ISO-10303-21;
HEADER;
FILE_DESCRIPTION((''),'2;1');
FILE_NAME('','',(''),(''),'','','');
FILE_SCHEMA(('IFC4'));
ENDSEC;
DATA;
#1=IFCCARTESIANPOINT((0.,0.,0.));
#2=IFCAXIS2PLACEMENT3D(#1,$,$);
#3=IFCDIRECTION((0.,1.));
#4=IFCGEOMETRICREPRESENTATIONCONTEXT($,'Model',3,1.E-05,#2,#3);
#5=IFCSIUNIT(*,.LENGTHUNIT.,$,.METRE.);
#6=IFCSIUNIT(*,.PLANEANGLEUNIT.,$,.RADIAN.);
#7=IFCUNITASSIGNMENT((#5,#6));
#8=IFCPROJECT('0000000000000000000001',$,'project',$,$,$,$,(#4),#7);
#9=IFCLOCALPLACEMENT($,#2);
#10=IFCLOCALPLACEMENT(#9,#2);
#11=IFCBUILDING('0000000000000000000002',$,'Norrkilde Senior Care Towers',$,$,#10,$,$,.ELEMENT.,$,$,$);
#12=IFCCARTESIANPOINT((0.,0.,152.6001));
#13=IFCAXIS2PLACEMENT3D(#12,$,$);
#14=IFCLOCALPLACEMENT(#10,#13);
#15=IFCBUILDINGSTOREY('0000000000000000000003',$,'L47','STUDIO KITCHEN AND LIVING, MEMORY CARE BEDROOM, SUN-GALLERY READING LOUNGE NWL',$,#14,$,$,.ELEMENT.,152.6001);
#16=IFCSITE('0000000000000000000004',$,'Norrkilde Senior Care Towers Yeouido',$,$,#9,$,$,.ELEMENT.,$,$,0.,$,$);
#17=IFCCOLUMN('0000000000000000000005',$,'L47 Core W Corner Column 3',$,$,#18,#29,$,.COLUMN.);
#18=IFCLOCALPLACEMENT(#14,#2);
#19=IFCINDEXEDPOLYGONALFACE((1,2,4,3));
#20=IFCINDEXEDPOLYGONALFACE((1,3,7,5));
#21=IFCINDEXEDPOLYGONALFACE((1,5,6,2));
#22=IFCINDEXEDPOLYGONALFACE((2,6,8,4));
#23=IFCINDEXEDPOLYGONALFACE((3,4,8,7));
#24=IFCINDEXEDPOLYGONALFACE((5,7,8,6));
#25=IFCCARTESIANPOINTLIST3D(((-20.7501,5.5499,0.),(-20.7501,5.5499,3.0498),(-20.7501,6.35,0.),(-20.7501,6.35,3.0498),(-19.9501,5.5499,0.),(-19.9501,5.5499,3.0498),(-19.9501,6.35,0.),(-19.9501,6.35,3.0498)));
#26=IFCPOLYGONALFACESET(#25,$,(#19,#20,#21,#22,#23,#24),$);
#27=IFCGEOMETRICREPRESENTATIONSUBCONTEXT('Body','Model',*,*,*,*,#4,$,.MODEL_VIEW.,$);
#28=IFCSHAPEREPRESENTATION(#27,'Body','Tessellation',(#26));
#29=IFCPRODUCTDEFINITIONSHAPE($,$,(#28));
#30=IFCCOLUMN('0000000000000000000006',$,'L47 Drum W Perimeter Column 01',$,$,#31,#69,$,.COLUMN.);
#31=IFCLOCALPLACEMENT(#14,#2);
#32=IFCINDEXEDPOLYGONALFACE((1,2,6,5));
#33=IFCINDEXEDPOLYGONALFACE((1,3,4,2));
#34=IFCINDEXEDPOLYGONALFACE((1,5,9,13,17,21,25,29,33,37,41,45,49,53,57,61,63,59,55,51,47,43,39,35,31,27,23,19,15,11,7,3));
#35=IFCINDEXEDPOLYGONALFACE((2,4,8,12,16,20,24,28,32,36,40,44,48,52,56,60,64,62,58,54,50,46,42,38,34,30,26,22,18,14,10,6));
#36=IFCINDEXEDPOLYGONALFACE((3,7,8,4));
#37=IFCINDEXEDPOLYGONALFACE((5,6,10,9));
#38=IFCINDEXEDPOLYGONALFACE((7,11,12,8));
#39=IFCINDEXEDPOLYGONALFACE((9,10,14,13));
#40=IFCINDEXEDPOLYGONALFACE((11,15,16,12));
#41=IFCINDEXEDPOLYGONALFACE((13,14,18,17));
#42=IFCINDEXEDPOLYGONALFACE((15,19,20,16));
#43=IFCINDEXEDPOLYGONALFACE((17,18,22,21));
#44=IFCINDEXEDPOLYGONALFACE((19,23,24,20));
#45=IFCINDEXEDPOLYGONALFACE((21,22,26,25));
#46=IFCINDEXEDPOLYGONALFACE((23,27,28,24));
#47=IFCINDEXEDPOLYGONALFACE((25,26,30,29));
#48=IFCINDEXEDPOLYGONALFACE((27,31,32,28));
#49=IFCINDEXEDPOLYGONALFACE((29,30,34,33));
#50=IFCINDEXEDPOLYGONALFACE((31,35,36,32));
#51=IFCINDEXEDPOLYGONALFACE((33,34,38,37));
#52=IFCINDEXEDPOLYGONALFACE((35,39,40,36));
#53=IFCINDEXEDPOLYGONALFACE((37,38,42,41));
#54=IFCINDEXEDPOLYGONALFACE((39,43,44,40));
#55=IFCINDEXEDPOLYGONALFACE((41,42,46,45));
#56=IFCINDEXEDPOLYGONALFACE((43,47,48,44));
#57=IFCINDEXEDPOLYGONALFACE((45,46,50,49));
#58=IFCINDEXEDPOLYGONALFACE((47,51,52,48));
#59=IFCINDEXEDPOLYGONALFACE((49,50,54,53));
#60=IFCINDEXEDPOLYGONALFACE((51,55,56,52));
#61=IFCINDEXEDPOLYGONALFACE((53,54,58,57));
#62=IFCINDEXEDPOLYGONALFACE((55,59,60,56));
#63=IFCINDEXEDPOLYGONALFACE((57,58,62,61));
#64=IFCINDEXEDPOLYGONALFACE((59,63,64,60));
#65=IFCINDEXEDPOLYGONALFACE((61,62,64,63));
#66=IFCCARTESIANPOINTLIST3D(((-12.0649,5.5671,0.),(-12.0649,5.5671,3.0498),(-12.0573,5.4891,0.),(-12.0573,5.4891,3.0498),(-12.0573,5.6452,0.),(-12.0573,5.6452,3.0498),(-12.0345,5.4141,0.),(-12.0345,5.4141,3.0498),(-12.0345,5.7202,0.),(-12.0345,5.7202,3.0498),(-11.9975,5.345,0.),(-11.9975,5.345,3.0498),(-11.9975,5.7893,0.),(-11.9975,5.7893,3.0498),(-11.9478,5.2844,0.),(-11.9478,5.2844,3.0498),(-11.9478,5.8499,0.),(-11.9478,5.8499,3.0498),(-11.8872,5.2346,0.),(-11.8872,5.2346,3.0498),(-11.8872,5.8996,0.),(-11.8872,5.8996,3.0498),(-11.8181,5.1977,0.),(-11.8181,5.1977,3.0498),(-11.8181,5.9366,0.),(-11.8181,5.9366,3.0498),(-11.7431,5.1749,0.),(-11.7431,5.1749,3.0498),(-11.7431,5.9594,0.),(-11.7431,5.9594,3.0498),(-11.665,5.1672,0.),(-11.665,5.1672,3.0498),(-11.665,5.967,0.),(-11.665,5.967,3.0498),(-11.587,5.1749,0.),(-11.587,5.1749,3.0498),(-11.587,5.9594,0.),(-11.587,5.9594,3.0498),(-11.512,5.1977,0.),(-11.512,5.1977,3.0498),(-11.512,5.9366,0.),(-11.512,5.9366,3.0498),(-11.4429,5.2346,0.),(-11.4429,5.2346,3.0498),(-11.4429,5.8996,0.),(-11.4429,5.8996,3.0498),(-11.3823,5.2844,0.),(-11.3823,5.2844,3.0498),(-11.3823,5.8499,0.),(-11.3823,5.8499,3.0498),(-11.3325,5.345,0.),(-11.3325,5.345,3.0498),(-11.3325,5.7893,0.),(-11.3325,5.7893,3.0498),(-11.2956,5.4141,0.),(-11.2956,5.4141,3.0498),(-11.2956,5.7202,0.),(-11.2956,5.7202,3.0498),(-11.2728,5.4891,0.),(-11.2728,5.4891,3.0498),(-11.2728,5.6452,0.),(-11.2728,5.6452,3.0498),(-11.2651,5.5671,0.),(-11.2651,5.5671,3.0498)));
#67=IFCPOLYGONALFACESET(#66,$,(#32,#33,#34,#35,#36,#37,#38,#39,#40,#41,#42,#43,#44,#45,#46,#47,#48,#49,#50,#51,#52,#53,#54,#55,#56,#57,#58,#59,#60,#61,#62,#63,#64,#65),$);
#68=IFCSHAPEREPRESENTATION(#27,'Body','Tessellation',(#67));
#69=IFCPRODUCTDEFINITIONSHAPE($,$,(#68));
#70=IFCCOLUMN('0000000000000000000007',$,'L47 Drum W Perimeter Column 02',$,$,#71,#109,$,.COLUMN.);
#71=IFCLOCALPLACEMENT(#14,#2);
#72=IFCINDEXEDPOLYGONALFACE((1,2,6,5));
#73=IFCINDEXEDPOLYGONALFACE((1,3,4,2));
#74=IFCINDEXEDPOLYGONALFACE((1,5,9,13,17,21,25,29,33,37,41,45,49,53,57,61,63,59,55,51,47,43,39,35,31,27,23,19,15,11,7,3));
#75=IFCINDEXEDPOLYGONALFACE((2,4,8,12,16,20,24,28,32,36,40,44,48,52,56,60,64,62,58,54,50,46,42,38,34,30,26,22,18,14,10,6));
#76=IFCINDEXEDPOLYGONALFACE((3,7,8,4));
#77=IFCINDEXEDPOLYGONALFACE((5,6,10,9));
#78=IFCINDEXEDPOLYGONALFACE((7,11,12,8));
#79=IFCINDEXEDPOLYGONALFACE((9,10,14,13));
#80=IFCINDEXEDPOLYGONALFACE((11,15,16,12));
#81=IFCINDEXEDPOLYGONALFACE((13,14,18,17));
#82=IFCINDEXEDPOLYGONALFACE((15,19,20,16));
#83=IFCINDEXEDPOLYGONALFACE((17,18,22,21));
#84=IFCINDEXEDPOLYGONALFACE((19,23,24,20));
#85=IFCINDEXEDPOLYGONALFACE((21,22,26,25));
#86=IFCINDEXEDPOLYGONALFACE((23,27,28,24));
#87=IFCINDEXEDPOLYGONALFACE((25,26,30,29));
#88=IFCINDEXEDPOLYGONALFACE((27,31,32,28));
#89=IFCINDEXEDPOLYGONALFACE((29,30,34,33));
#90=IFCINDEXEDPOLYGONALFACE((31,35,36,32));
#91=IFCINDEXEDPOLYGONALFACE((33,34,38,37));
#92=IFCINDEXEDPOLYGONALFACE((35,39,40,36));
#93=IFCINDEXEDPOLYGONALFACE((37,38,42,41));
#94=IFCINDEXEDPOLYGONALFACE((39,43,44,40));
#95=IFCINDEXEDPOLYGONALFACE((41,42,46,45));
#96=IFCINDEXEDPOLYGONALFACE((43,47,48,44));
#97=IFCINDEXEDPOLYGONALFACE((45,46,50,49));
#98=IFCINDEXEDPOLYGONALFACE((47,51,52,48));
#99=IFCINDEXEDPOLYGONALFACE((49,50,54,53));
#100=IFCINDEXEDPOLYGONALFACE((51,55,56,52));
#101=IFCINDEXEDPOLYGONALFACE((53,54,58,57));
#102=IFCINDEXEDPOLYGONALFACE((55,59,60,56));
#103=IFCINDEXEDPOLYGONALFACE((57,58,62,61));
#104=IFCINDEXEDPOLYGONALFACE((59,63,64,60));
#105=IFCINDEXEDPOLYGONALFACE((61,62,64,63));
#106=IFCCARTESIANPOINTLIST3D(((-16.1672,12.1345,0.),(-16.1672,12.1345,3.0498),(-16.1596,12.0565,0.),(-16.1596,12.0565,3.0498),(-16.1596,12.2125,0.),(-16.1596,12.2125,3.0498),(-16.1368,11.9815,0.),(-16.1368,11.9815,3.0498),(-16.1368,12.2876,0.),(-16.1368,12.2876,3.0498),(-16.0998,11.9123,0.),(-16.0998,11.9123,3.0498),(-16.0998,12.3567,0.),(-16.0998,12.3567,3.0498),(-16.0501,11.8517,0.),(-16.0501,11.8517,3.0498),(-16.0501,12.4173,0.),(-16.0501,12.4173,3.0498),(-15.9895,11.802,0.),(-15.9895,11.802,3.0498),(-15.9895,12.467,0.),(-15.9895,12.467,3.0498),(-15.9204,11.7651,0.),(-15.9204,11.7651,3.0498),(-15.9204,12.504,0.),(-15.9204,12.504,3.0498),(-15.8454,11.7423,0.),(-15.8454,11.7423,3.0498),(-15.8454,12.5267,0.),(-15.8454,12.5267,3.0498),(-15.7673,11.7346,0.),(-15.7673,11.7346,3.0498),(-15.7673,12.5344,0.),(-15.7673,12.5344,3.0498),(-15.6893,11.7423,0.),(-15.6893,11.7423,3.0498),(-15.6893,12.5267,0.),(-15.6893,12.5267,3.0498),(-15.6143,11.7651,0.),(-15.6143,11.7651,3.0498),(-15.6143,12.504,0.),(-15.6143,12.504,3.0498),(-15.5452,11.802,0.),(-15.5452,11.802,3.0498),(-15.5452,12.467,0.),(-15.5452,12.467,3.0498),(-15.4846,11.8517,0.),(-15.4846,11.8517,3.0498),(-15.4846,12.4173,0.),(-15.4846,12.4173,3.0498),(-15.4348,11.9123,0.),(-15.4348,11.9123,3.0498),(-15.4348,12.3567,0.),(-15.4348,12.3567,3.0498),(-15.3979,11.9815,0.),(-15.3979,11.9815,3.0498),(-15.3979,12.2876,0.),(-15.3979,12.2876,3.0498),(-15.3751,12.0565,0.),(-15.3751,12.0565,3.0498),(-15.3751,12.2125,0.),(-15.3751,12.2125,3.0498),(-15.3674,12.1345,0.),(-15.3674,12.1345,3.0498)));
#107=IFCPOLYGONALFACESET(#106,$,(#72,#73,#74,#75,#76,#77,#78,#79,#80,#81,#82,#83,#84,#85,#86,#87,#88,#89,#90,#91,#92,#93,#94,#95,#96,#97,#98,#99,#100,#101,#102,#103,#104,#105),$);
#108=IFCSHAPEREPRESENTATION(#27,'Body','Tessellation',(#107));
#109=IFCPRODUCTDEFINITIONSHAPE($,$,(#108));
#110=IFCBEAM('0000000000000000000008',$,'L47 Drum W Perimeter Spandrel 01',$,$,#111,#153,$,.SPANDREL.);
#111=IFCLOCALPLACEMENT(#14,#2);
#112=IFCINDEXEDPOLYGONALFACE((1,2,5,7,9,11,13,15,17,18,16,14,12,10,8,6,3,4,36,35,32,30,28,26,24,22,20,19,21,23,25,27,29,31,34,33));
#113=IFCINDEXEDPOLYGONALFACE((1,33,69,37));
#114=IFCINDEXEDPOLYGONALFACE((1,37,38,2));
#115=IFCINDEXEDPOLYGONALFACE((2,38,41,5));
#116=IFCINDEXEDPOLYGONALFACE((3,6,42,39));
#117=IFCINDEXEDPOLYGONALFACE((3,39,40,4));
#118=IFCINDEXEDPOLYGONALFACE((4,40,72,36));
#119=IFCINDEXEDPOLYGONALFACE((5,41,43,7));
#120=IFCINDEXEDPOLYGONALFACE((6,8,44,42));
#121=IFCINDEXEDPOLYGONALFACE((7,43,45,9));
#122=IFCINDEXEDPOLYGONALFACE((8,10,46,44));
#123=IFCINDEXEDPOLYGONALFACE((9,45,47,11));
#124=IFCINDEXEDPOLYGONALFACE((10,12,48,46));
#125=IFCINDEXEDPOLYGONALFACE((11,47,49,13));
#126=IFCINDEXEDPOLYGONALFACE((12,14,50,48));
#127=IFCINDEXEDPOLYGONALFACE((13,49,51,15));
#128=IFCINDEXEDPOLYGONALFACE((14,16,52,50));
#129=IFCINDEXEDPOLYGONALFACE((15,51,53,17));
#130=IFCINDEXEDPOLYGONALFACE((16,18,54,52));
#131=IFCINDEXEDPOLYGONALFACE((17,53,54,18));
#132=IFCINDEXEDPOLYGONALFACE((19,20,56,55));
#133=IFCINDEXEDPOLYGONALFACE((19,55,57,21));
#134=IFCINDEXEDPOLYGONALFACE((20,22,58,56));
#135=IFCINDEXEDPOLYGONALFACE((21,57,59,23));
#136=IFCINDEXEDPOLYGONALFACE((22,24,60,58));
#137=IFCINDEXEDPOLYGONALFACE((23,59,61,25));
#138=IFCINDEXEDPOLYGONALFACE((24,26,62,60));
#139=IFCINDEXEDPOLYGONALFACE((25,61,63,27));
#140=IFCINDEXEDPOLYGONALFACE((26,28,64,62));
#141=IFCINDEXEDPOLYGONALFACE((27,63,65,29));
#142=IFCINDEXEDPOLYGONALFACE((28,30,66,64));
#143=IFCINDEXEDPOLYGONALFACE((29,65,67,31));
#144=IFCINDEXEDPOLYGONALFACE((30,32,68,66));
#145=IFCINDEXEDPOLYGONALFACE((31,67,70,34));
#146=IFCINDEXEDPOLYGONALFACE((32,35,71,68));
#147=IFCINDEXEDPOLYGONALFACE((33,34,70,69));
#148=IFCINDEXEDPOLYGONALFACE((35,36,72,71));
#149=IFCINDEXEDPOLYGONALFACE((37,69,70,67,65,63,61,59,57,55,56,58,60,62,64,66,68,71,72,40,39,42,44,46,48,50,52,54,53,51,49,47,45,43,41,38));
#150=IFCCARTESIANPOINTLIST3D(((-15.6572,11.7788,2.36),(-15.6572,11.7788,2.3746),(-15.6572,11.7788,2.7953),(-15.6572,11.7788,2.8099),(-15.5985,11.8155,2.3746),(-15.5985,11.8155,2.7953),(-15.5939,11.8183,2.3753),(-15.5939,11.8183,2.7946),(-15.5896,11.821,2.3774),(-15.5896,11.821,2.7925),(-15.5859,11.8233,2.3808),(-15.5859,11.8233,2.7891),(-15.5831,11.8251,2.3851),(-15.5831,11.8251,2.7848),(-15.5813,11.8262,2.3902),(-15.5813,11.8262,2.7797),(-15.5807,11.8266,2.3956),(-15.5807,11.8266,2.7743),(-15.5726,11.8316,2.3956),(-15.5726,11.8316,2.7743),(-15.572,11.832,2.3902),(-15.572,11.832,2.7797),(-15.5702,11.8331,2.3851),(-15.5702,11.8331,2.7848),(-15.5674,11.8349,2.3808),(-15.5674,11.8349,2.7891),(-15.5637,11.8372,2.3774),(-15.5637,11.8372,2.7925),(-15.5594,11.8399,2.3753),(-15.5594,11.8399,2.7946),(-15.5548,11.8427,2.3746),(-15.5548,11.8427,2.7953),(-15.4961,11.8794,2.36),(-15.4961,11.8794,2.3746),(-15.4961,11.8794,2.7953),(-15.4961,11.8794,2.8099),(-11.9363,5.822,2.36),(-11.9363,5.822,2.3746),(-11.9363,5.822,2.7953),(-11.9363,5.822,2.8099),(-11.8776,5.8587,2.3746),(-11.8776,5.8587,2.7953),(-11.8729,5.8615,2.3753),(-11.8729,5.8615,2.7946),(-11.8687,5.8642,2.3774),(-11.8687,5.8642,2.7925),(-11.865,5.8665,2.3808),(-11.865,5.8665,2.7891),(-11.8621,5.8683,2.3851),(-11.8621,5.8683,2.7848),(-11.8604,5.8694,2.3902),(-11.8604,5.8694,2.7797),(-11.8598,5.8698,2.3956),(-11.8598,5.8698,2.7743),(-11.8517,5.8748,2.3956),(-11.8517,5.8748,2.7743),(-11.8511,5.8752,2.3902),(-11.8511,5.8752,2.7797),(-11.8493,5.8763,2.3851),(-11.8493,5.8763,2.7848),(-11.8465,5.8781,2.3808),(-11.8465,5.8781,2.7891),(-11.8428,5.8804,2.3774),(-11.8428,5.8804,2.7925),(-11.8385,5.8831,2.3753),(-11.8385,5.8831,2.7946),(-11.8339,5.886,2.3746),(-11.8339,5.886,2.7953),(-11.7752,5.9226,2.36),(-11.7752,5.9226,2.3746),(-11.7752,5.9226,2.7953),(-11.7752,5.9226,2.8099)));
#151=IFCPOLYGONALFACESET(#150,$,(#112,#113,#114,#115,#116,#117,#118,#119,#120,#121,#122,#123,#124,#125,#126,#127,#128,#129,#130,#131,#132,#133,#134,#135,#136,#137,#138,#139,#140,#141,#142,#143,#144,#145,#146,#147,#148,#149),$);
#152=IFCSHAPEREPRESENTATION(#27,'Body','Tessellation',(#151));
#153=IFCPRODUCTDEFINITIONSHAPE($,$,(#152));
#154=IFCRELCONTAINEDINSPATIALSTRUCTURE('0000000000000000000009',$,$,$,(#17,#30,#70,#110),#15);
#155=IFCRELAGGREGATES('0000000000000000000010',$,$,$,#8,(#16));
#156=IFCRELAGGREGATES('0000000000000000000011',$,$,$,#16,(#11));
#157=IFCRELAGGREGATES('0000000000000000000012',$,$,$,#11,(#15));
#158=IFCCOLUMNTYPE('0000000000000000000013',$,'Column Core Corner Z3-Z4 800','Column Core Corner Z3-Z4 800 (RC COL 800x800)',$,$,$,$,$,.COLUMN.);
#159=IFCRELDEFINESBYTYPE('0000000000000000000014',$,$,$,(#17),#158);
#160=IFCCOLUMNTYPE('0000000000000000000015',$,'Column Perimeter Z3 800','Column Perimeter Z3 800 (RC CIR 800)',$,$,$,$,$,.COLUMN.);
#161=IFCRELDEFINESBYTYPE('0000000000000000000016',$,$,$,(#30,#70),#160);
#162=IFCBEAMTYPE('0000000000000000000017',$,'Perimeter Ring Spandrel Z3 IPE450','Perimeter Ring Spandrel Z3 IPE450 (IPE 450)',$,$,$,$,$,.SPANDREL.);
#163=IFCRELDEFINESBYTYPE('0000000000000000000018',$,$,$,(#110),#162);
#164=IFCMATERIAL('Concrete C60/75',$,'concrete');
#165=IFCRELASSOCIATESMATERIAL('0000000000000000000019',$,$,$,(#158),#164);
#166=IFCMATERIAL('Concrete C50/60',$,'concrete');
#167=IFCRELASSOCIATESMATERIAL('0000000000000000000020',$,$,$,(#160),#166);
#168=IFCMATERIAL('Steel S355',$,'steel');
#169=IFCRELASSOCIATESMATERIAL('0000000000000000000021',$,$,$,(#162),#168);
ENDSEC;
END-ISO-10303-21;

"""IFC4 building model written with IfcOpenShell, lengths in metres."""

from ifc_helpers import new_model, si_unit, direction, frame, origin, origin_2d, place, context, subcontext, project, spatial, rectangle, circle, i_section, extrude, source, transform, mapped, material, material_profile, profile_set, type_object, type_shapes, element, save


model = new_model("IFC4")

# Units and contexts
model_context = context("Model", 3, precision=1e-05, world=origin(), true_north=direction((0.0, 1.0)))
body_context = subcontext(model_context, "Body", "Model", "MODEL_VIEW")
ifc_project = project(units=[si_unit("LENGTHUNIT", "METRE"), si_unit("PLANEANGLEUNIT", "RADIAN")], contexts=[model_context])

# Site, building, storey
site_placement = place(None, origin())
site = spatial("IfcSite", under=ifc_project, at=site_placement, Name="Norrkilde Senior Care Towers Yeouido", CompositionType="ELEMENT", RefElevation=0.0)
building_placement = place(site_placement, origin())
building = spatial("IfcBuilding", under=site, at=building_placement, Name="Norrkilde Senior Care Towers", CompositionType="ELEMENT")
storey_placement = place(building_placement, frame((0.0, 0.0, 152.6001)))
storey = spatial("IfcBuildingStorey", under=building, at=storey_placement, Name="L47", Description="STUDIO KITCHEN AND LIVING, MEMORY CARE BEDROOM, SUN-GALLERY READING LOUNGE NWL", CompositionType="ELEMENT", Elevation=152.6001)

# Columns
ifc_material_1 = material(Name="Concrete C60/75", Category="concrete")
ifc_material_profile_1 = material_profile(ifc_material_1, rectangle(XDim=0.8, YDim=0.8, at=origin_2d()), Name="RC COL 800x800")
ifc_profile_set_1 = profile_set([ifc_material_profile_1], Name="Concrete C60/75")
column_type_1 = type_object("IfcColumnType", Name="Column Core Corner Z3-Z4 800", Description="Column Core Corner Z3-Z4 800 (RC COL 800x800)", PredefinedType="COLUMN", material=ifc_profile_set_1)
shared_shape_1 = source(origin(), body_context, "Body", "SweptSolid", [
    extrude(rectangle(XDim=0.8, YDim=0.8, at=origin_2d()), origin(), (0.0, 0.0, 1.0), 3.0498),
])
type_shapes(column_type_1, [shared_shape_1])
column_placement = place(storey_placement, frame((-20.3501, 5.95, 0.0), z_axis=(0.0, 0.0, 1.0), x_axis=(1.0, 0.0, 0.0)))
element("IfcColumn", 1, at=column_placement, inside=storey, type_object=column_type_1, Name="L47 Core W Corner Column 3", PredefinedType="COLUMN", context=body_context, shape_type="MappedRepresentation", body=[
    mapped(shared_shape_1, transform((0.0, 0.0, 0.0), x_axis=(1.0, 0.0, 0.0), y_axis=(0.0, 1.0, 0.0), z_axis=(0.0, 0.0, 1.0), scale=1.0)),
])
ifc_material_2 = material(Name="Concrete C50/60", Category="concrete")
ifc_material_profile_2 = material_profile(ifc_material_2, circle(Radius=0.3999, at=origin_2d()), Name="RC CIR 800")
ifc_profile_set_2 = profile_set([ifc_material_profile_2], Name="Concrete C50/60")
column_type_2 = type_object("IfcColumnType", Name="Column Perimeter Z3 800", Description="Column Perimeter Z3 800 (RC CIR 800)", PredefinedType="COLUMN", material=ifc_profile_set_2)
shared_shape_2 = source(origin(), body_context, "Body", "SweptSolid", [
    extrude(circle(Radius=0.3999, at=origin_2d()), origin(), (0.0, 0.0, 1.0), 3.0498),
])
type_shapes(column_type_2, [shared_shape_2])
for number, where, z_axis, x_axis, name in (
    (2, (-11.665, 5.5671, 0.0), (0.0, 0.0, 1.0), (1.0, 0.0, 0.0), "L47 Drum W Perimeter Column 01"),
    (3, (-15.7673, 12.1345, 0.0), (0.0, 0.0, 1.0), (1.0, 0.0, 0.0), "L47 Drum W Perimeter Column 02"),
):
    element("IfcColumn", number, at=place(storey_placement, frame(where, z_axis=z_axis, x_axis=x_axis)), inside=storey, type_object=column_type_2, Name=name, PredefinedType="COLUMN", context=body_context, shape_type="MappedRepresentation", body=[
        mapped(shared_shape_2, transform((0.0, 0.0, 0.0), x_axis=(1.0, 0.0, 0.0), y_axis=(0.0, 1.0, 0.0), z_axis=(0.0, 0.0, 1.0), scale=1.0)),
    ])

# Beam
ifc_material_3 = material(Name="Steel S355", Category="steel")
ifc_material_profile_3 = material_profile(ifc_material_3, i_section(OverallWidth=0.1899, OverallDepth=0.45, WebThickness=0.0095, FlangeThickness=0.0146, FilletRadius=0.021, at=origin_2d()), Name="IPE 450")
ifc_profile_set_3 = profile_set([ifc_material_profile_3], Name="Steel S355")
beam_type_1 = type_object("IfcBeamType", Name="Perimeter Ring Spandrel Z3 IPE450", Description="Perimeter Ring Spandrel Z3 IPE450 (IPE 450)", PredefinedType="SPANDREL", material=ifc_profile_set_3)
shared_shape_3 = source(origin(), body_context, "Body", "SweptSolid", [
    extrude(i_section(OverallWidth=0.1899, OverallDepth=0.45, WebThickness=0.0095, FlangeThickness=0.0146, FilletRadius=0.021, at=origin_2d()), origin(), (0.0, 0.0, 1.0), 7.0234),
])
beam_1_placement = place(storey_placement, frame((-11.8557, 5.8723, 2.585), z_axis=(-0.52979, 0.848129, 0.0), x_axis=(-0.848129, -0.52979, 0.0)))
element("IfcBeam", 4, at=beam_1_placement, inside=storey, type_object=beam_type_1, Name="L47 Drum W Perimeter Spandrel 01", PredefinedType="SPANDREL", context=body_context, shape_type="MappedRepresentation", body=[
    mapped(shared_shape_3, transform((0.0, 0.0, 0.0), x_axis=(1.0, 0.0, 0.0), y_axis=(0.0, 1.0, 0.0), z_axis=(0.0, 0.0, 1.0), scale=1.0)),
])

save(model, "model.ifc")
